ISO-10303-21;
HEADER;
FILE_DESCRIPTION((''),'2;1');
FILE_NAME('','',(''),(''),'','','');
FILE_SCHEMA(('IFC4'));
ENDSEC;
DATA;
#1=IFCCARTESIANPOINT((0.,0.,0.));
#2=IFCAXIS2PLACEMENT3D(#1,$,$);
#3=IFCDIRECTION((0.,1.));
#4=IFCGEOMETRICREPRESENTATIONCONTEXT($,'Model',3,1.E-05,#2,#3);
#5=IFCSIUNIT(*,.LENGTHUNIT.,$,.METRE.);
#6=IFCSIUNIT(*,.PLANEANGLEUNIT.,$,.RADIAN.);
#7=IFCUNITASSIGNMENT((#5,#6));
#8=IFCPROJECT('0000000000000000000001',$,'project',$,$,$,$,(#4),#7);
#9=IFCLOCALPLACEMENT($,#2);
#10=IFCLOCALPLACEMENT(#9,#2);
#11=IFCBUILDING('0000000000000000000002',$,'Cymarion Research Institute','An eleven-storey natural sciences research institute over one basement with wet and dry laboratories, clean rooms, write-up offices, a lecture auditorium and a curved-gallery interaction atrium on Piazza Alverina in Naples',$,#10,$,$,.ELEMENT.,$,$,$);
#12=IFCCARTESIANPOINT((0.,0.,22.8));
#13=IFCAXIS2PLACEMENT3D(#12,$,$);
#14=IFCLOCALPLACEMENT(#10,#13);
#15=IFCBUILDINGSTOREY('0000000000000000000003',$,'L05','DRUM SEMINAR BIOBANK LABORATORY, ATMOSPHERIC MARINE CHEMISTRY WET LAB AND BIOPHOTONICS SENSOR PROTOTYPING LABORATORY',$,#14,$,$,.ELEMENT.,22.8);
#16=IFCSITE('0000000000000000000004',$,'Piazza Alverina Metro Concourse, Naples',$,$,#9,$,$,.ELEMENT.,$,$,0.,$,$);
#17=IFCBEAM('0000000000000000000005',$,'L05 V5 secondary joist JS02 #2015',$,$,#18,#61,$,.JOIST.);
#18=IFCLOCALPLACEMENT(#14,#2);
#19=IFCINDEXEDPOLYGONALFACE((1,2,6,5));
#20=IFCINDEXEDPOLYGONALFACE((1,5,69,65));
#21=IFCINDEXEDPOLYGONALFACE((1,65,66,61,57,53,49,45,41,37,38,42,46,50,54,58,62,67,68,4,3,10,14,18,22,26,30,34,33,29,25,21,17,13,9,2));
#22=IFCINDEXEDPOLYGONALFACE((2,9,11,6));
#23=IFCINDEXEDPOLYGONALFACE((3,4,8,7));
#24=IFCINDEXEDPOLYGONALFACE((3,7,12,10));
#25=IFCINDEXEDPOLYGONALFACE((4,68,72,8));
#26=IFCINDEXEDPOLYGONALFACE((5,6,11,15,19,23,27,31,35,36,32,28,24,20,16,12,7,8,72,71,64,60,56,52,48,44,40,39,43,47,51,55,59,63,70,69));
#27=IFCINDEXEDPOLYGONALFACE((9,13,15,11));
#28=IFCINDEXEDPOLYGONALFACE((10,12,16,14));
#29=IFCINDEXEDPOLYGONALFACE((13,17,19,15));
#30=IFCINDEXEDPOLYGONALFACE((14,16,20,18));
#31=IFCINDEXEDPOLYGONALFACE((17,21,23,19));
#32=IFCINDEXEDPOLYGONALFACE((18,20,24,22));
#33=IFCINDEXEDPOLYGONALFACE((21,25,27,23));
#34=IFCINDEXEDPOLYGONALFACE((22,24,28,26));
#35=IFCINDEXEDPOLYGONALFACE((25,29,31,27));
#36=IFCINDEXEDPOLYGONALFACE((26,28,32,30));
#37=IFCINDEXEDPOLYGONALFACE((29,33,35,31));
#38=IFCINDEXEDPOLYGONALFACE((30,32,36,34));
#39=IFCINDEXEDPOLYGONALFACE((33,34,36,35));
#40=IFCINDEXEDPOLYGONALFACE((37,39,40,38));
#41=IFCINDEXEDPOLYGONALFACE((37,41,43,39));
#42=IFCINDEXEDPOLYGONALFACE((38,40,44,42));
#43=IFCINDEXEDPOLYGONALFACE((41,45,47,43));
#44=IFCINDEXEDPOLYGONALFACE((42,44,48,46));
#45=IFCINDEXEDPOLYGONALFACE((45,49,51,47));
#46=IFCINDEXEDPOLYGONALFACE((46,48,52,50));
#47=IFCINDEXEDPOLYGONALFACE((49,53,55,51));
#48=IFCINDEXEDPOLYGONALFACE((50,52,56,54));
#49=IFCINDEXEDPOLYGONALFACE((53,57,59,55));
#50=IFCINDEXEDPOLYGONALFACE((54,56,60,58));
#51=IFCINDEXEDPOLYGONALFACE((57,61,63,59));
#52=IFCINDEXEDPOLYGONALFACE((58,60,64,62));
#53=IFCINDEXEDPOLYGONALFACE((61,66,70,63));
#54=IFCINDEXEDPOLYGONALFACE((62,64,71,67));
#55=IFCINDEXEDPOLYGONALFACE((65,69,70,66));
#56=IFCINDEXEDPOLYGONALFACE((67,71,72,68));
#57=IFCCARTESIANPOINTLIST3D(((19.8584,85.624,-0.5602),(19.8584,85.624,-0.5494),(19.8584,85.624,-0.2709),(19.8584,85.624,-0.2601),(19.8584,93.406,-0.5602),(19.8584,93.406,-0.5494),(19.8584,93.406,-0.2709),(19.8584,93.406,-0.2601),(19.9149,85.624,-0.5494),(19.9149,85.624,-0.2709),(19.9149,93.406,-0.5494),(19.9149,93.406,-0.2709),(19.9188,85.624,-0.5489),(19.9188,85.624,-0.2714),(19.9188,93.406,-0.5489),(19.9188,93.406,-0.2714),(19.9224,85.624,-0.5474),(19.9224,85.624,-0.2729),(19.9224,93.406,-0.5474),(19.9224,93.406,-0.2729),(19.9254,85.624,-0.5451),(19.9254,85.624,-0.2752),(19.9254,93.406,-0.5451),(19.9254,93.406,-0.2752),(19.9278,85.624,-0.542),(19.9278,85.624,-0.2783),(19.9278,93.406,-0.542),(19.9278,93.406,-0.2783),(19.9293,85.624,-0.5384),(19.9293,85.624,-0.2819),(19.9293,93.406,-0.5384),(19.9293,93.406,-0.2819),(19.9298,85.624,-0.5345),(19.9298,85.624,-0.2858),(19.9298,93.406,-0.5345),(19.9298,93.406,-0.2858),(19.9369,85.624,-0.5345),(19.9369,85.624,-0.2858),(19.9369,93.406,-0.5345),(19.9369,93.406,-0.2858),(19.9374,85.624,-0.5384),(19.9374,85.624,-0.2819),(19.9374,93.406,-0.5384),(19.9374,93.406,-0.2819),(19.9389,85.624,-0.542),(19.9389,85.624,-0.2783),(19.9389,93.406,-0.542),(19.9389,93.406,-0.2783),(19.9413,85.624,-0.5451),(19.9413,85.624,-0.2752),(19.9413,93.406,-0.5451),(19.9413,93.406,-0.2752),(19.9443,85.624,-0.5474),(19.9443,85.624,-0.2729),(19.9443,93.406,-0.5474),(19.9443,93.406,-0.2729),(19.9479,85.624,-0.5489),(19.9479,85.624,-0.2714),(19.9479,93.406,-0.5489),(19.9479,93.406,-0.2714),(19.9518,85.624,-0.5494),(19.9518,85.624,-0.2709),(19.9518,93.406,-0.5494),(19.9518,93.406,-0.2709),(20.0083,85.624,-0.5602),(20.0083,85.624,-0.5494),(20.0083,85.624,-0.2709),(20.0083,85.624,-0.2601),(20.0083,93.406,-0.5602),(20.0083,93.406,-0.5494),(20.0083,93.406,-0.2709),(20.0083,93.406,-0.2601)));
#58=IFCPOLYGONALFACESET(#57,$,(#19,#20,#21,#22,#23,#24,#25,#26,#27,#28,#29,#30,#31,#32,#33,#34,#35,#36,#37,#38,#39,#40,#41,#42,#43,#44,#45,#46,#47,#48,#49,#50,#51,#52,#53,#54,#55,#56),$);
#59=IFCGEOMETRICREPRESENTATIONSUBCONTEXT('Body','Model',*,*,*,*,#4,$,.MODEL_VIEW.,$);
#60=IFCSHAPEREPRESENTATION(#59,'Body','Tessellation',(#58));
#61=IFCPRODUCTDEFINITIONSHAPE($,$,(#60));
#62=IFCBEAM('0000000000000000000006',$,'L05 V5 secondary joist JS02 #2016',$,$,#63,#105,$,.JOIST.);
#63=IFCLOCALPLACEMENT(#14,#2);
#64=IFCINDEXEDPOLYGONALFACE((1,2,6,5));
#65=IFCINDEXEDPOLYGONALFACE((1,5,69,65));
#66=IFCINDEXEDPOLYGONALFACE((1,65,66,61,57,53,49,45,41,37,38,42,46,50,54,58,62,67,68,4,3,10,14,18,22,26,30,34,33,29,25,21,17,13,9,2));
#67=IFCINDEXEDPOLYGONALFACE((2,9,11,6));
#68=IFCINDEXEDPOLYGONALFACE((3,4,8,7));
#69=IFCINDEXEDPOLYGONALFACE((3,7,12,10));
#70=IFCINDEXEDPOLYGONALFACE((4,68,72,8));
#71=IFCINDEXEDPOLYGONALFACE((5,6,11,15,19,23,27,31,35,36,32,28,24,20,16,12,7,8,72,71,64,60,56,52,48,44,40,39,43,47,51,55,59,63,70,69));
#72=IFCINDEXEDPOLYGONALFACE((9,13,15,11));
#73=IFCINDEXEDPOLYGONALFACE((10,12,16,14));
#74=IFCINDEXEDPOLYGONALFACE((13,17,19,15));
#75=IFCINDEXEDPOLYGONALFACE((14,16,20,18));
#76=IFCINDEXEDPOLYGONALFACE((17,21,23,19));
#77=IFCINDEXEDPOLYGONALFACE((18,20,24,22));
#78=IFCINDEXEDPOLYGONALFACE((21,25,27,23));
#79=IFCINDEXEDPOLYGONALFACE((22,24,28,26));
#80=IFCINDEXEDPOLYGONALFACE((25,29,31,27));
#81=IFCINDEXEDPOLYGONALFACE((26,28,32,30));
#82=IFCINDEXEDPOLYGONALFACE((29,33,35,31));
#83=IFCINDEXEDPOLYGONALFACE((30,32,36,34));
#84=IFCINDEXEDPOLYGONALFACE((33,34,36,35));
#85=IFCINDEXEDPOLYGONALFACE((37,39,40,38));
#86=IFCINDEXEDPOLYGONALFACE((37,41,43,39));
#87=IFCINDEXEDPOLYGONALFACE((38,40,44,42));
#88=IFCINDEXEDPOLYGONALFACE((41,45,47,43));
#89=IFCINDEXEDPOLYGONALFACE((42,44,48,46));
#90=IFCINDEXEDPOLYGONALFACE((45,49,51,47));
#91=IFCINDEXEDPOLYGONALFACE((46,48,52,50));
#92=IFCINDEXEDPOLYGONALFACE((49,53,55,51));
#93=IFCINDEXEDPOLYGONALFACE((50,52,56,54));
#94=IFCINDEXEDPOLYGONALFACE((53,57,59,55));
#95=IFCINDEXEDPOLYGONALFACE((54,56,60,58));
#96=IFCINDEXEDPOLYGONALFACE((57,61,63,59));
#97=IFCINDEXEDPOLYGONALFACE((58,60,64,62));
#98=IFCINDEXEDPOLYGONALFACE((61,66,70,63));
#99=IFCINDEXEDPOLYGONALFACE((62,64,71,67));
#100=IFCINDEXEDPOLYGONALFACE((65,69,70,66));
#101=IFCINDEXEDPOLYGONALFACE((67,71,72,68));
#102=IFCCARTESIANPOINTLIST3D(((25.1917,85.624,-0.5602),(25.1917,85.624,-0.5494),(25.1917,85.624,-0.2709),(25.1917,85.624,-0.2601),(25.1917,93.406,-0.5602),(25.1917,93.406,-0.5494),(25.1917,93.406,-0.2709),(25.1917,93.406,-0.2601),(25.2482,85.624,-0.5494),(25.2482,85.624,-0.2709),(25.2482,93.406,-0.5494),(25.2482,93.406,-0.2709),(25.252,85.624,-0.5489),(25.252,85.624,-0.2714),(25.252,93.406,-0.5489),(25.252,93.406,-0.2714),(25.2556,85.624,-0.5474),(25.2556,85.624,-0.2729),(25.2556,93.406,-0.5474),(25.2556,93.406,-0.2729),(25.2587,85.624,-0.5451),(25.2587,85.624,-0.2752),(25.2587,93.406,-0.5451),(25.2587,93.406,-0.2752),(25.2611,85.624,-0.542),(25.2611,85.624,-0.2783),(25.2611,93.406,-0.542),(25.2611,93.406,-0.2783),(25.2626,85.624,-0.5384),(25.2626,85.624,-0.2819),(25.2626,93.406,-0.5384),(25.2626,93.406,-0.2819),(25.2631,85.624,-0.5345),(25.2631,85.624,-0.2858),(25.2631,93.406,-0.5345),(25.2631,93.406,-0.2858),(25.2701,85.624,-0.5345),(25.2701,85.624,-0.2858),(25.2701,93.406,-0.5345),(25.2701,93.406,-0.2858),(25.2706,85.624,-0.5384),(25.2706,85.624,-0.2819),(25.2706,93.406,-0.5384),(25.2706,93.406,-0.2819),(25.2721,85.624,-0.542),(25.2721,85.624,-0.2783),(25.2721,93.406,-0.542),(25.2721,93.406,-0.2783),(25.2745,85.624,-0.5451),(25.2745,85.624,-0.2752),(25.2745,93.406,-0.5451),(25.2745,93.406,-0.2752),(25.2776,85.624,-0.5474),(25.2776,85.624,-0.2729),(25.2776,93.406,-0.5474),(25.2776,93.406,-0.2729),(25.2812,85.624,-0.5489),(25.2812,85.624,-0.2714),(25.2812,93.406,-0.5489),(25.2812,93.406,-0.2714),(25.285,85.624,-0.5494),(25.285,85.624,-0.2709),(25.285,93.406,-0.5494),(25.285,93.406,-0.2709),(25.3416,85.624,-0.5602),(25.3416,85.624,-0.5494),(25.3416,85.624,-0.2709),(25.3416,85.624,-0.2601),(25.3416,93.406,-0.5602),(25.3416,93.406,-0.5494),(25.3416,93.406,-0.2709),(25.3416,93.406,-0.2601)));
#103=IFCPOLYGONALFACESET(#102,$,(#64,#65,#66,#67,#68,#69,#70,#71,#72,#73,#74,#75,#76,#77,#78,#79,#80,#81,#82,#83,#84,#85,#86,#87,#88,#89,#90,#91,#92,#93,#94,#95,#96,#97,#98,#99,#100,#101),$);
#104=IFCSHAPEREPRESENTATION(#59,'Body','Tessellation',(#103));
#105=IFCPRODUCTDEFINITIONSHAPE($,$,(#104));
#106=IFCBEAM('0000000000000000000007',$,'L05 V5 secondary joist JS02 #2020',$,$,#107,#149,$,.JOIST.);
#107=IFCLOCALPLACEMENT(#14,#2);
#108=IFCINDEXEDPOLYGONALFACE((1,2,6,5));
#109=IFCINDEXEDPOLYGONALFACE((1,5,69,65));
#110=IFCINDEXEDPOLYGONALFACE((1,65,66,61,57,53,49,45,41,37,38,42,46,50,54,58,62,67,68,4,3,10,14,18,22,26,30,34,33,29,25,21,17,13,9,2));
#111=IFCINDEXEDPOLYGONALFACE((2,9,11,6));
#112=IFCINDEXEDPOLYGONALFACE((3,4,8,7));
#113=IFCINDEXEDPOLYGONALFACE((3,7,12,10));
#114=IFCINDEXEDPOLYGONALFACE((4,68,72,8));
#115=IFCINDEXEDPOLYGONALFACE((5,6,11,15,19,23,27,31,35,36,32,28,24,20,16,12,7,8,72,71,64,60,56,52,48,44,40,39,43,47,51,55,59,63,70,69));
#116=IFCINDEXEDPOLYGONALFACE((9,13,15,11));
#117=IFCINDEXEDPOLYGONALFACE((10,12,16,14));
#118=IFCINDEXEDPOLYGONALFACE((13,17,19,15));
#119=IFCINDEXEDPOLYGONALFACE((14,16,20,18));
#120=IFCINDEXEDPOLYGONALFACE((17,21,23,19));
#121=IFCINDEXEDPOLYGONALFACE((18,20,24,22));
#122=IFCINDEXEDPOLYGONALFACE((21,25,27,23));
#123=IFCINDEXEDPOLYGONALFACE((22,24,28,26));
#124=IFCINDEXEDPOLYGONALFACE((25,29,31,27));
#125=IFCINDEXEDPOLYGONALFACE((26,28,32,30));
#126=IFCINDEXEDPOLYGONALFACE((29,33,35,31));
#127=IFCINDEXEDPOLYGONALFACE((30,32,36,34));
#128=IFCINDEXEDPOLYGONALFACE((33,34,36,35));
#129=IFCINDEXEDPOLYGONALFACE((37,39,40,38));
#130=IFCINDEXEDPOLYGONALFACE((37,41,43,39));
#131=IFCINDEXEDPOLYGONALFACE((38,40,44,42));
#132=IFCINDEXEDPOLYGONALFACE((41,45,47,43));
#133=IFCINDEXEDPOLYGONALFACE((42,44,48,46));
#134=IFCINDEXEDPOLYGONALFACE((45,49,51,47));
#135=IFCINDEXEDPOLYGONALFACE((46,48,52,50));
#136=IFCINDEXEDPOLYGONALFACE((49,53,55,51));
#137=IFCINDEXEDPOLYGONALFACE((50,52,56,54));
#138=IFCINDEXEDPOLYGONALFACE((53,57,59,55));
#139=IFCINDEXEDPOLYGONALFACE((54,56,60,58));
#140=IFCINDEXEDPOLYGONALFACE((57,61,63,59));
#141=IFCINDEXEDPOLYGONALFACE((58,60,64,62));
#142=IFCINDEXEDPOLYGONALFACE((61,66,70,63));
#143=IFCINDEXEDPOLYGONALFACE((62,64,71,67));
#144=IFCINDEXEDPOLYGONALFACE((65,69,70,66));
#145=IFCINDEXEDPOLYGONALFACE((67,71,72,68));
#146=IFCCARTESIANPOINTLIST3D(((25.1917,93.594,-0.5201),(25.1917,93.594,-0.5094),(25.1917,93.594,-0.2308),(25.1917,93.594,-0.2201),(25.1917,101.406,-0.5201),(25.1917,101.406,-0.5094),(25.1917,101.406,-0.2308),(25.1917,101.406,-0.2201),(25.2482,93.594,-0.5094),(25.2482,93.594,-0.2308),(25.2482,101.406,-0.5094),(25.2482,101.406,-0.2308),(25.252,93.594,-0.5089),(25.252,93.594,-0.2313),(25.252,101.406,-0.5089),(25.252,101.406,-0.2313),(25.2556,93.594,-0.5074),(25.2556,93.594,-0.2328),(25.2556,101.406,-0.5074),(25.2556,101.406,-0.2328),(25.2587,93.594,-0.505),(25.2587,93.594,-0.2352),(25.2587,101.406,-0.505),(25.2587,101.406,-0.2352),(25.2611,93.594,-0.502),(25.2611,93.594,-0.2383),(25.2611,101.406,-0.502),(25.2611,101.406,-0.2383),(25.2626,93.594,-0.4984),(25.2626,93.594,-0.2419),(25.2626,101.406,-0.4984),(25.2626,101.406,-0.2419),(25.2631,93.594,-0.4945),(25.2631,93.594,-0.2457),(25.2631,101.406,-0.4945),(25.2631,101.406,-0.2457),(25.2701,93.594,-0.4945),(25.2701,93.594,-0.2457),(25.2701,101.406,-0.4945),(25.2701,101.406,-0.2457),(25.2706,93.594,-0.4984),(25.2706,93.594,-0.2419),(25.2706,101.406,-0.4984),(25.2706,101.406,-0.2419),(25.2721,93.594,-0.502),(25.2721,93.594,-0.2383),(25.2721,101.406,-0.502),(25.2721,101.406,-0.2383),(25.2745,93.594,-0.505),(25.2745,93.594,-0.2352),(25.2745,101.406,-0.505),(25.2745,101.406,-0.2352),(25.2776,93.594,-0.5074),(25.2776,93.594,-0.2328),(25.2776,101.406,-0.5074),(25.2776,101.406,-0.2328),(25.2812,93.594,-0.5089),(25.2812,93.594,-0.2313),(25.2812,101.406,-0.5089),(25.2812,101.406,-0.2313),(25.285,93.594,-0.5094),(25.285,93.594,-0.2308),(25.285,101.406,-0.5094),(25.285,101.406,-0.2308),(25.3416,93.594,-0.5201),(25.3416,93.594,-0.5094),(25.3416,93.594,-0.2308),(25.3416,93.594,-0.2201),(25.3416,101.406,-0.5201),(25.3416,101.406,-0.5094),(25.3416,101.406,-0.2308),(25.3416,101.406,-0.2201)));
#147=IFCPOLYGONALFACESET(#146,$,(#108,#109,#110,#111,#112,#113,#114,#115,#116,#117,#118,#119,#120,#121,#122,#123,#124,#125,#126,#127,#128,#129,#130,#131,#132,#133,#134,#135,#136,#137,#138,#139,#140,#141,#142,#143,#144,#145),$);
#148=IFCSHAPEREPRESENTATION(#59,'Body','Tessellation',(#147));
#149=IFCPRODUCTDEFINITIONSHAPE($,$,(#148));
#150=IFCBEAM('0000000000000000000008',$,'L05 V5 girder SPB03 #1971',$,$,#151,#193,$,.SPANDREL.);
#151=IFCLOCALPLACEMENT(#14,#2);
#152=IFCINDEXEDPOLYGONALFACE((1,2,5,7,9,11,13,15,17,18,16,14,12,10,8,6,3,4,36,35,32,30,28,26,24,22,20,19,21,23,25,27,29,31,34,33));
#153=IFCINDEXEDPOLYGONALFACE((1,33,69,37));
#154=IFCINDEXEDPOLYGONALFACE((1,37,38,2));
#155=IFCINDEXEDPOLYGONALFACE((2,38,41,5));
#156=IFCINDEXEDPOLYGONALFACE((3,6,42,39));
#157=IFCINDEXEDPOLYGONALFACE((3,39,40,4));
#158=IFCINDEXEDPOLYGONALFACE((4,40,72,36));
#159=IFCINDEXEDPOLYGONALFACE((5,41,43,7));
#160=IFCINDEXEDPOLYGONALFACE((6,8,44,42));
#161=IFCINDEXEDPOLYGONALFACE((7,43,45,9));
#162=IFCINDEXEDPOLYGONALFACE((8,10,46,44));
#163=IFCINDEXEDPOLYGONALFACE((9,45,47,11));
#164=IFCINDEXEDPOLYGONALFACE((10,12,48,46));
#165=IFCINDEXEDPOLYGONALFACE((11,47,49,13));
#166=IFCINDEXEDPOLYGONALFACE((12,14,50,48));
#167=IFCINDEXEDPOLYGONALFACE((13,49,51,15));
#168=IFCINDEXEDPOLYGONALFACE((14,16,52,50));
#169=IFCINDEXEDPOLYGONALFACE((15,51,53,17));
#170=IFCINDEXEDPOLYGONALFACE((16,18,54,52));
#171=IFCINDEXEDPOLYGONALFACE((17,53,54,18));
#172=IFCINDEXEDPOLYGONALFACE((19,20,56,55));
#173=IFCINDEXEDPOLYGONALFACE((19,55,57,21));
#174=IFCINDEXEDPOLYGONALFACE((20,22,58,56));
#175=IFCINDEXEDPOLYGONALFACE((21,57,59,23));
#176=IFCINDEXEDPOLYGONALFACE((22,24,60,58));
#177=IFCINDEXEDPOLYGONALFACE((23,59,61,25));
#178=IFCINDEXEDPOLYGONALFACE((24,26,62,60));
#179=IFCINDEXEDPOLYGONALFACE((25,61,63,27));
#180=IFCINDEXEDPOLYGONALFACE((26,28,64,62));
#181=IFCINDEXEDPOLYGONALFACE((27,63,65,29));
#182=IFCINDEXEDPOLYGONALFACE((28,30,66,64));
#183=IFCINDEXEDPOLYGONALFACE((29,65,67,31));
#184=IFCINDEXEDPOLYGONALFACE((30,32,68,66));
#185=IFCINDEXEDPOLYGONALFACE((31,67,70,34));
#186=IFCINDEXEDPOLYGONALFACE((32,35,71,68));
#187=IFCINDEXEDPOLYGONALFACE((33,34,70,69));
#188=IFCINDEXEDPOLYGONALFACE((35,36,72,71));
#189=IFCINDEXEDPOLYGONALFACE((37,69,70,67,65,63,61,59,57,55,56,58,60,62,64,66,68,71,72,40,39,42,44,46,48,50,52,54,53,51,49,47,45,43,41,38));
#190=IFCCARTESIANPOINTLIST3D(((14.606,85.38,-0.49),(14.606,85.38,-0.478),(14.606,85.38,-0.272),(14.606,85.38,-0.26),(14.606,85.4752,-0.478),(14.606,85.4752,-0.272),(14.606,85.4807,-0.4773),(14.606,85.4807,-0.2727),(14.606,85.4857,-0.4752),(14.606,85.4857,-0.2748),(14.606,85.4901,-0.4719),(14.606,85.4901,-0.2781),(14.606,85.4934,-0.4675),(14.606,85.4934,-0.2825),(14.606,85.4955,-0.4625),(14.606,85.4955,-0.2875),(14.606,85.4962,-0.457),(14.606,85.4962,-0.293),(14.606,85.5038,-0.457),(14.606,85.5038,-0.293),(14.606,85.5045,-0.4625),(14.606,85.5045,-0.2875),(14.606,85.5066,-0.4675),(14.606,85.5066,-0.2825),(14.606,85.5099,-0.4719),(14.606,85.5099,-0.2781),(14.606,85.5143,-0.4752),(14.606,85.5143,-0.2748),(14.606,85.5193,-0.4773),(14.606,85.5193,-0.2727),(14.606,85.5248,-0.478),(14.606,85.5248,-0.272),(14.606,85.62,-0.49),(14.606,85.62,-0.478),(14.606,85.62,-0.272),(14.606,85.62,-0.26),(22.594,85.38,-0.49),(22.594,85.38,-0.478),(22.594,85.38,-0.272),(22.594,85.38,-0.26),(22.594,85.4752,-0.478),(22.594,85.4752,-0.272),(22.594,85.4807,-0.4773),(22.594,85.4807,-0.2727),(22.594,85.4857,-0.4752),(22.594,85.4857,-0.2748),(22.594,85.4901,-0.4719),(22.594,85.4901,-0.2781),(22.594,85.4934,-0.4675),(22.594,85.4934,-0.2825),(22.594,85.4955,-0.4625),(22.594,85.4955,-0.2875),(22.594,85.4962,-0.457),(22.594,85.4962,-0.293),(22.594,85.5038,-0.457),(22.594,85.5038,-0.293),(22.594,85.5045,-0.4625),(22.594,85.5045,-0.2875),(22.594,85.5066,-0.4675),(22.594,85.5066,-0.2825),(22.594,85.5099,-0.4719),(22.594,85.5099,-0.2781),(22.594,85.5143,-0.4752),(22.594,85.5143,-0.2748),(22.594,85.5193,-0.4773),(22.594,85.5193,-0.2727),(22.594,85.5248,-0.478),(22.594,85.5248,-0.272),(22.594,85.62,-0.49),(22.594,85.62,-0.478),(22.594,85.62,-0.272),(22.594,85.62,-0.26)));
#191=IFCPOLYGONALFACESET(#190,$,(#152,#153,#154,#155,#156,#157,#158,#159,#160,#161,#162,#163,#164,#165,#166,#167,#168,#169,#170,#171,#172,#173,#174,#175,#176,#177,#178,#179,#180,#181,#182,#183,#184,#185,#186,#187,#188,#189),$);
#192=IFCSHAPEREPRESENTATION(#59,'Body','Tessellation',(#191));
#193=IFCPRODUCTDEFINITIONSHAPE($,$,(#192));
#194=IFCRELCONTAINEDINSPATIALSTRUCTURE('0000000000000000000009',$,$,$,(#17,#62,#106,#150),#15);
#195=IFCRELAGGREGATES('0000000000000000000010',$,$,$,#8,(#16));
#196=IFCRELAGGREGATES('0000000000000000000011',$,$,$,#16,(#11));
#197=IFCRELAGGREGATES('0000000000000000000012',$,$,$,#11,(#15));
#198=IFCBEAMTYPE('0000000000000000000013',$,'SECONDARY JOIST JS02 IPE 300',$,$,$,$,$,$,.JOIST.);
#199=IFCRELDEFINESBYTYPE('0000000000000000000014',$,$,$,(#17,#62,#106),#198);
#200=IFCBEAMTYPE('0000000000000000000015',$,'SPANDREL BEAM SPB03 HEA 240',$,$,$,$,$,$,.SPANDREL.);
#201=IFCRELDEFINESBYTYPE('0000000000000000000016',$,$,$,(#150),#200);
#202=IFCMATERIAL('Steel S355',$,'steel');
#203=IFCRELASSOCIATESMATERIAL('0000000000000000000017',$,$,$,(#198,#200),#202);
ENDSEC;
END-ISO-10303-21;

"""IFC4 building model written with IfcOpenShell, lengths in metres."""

from ifc_helpers import new_model, si_unit, direction, frame, origin, origin_2d, place, context, subcontext, project, spatial, i_section, extrude, material, material_profile, profile_set, type_object, element, save


model = new_model("IFC4")

# Units and contexts
model_context = context("Model", 3, precision=1e-05, world=origin(), true_north=direction((0.0, 1.0)))
body_context = subcontext(model_context, "Body", "Model", "MODEL_VIEW")
ifc_project = project(units=[si_unit("LENGTHUNIT", "METRE"), si_unit("PLANEANGLEUNIT", "RADIAN")], contexts=[model_context])

# Site, building, storey
site_placement = place(None, origin())
site = spatial("IfcSite", under=ifc_project, at=site_placement, Name="Piazza Alverina Metro Concourse, Naples", CompositionType="ELEMENT", RefElevation=0.0)
building_placement = place(site_placement, origin())
building = spatial("IfcBuilding", under=site, at=building_placement, Name="Cymarion Research Institute", Description="An eleven-storey natural sciences research institute over one basement with wet and dry laboratories, clean rooms, write-up offices, a lecture auditorium and a curved-gallery interaction atrium on Piazza Alverina in Naples", CompositionType="ELEMENT")
storey_placement = place(building_placement, frame((0.0, 0.0, 22.8)))
storey = spatial("IfcBuildingStorey", under=building, at=storey_placement, Name="L05", Description="DRUM SEMINAR BIOBANK LABORATORY, ATMOSPHERIC MARINE CHEMISTRY WET LAB AND BIOPHOTONICS SENSOR PROTOTYPING LABORATORY", CompositionType="ELEMENT", Elevation=22.8)

# Shared definitions
ifc_material_1 = material(Name="Steel S355", Category="steel")

# Beams
ifc_material_profile_1 = material_profile(ifc_material_1, i_section(OverallWidth=0.1499, OverallDepth=0.3, WebThickness=0.0071, FlangeThickness=0.0107, FilletRadius=0.0149, at=origin_2d()), Name="IPE 300")
ifc_profile_set_1 = profile_set([ifc_material_profile_1], Name="Steel S355")
beam_type_1 = type_object("IfcBeamType", Name="SECONDARY JOIST JS02 IPE 300", PredefinedType="JOIST", material=ifc_profile_set_1)
for number, where, z_axis, x_axis, name in (
    (1, (19.9333, 85.624, -0.4102), (0.0, 1.0, 0.0), (-1.0, 0.0, 0.0), "L05 V5 secondary joist JS02 #2015"),
    (2, (25.2666, 85.624, -0.4102), (0.0, 1.0, 0.0), (-1.0, 0.0, 0.0), "L05 V5 secondary joist JS02 #2016"),
):
    element("IfcBeam", number, at=place(storey_placement, frame(where, z_axis=z_axis, x_axis=x_axis)), inside=storey, type_object=beam_type_1, Name=name, PredefinedType="JOIST", context=body_context, shape_type="SweptSolid", body=[
        extrude(i_section(OverallWidth=0.1499, OverallDepth=0.3, WebThickness=0.0071, FlangeThickness=0.0107, FilletRadius=0.0149, at=origin_2d()), origin(), (0.0, 0.0, 1.0), 7.782),
    ])
beam_placement = place(storey_placement, frame((25.2666, 93.594, -0.3701), z_axis=(0.0, 1.0, 0.0), x_axis=(-1.0, 0.0, 0.0)))
element("IfcBeam", 3, at=beam_placement, inside=storey, type_object=beam_type_1, Name="L05 V5 secondary joist JS02 #2020", PredefinedType="JOIST", context=body_context, shape_type="SweptSolid", body=[
    extrude(i_section(OverallWidth=0.1499, OverallDepth=0.3, WebThickness=0.0071, FlangeThickness=0.0107, FilletRadius=0.0149, at=origin_2d()), origin(), (0.0, 0.0, 1.0), 7.812),
])
ifc_material_profile_2 = material_profile(ifc_material_1, i_section(OverallWidth=0.24, OverallDepth=0.23, WebThickness=0.0076, FlangeThickness=0.012, FilletRadius=0.021, at=origin_2d()), Name="HEA 240")
ifc_profile_set_2 = profile_set([ifc_material_profile_2], Name="Steel S355")
beam_type_2 = type_object("IfcBeamType", Name="SPANDREL BEAM SPB03 HEA 240", PredefinedType="SPANDREL", material=ifc_profile_set_2)
for number, where, z_axis, x_axis, name in (
    (4, (14.606, 85.5, -0.375), (1.0, 0.0, 0.0), (0.0, 1.0, 0.0), "L05 V5 girder SPB03 #1971"),
):
    element("IfcBeam", number, at=place(storey_placement, frame(where, z_axis=z_axis, x_axis=x_axis)), inside=storey, type_object=beam_type_2, Name=name, PredefinedType="SPANDREL", context=body_context, shape_type="SweptSolid", body=[
        extrude(i_section(OverallWidth=0.24, OverallDepth=0.23, WebThickness=0.0076, FlangeThickness=0.012, FilletRadius=0.021, at=origin_2d()), origin(), (0.0, 0.0, 1.0), 7.988),
    ])

save(model, "model.ifc")
